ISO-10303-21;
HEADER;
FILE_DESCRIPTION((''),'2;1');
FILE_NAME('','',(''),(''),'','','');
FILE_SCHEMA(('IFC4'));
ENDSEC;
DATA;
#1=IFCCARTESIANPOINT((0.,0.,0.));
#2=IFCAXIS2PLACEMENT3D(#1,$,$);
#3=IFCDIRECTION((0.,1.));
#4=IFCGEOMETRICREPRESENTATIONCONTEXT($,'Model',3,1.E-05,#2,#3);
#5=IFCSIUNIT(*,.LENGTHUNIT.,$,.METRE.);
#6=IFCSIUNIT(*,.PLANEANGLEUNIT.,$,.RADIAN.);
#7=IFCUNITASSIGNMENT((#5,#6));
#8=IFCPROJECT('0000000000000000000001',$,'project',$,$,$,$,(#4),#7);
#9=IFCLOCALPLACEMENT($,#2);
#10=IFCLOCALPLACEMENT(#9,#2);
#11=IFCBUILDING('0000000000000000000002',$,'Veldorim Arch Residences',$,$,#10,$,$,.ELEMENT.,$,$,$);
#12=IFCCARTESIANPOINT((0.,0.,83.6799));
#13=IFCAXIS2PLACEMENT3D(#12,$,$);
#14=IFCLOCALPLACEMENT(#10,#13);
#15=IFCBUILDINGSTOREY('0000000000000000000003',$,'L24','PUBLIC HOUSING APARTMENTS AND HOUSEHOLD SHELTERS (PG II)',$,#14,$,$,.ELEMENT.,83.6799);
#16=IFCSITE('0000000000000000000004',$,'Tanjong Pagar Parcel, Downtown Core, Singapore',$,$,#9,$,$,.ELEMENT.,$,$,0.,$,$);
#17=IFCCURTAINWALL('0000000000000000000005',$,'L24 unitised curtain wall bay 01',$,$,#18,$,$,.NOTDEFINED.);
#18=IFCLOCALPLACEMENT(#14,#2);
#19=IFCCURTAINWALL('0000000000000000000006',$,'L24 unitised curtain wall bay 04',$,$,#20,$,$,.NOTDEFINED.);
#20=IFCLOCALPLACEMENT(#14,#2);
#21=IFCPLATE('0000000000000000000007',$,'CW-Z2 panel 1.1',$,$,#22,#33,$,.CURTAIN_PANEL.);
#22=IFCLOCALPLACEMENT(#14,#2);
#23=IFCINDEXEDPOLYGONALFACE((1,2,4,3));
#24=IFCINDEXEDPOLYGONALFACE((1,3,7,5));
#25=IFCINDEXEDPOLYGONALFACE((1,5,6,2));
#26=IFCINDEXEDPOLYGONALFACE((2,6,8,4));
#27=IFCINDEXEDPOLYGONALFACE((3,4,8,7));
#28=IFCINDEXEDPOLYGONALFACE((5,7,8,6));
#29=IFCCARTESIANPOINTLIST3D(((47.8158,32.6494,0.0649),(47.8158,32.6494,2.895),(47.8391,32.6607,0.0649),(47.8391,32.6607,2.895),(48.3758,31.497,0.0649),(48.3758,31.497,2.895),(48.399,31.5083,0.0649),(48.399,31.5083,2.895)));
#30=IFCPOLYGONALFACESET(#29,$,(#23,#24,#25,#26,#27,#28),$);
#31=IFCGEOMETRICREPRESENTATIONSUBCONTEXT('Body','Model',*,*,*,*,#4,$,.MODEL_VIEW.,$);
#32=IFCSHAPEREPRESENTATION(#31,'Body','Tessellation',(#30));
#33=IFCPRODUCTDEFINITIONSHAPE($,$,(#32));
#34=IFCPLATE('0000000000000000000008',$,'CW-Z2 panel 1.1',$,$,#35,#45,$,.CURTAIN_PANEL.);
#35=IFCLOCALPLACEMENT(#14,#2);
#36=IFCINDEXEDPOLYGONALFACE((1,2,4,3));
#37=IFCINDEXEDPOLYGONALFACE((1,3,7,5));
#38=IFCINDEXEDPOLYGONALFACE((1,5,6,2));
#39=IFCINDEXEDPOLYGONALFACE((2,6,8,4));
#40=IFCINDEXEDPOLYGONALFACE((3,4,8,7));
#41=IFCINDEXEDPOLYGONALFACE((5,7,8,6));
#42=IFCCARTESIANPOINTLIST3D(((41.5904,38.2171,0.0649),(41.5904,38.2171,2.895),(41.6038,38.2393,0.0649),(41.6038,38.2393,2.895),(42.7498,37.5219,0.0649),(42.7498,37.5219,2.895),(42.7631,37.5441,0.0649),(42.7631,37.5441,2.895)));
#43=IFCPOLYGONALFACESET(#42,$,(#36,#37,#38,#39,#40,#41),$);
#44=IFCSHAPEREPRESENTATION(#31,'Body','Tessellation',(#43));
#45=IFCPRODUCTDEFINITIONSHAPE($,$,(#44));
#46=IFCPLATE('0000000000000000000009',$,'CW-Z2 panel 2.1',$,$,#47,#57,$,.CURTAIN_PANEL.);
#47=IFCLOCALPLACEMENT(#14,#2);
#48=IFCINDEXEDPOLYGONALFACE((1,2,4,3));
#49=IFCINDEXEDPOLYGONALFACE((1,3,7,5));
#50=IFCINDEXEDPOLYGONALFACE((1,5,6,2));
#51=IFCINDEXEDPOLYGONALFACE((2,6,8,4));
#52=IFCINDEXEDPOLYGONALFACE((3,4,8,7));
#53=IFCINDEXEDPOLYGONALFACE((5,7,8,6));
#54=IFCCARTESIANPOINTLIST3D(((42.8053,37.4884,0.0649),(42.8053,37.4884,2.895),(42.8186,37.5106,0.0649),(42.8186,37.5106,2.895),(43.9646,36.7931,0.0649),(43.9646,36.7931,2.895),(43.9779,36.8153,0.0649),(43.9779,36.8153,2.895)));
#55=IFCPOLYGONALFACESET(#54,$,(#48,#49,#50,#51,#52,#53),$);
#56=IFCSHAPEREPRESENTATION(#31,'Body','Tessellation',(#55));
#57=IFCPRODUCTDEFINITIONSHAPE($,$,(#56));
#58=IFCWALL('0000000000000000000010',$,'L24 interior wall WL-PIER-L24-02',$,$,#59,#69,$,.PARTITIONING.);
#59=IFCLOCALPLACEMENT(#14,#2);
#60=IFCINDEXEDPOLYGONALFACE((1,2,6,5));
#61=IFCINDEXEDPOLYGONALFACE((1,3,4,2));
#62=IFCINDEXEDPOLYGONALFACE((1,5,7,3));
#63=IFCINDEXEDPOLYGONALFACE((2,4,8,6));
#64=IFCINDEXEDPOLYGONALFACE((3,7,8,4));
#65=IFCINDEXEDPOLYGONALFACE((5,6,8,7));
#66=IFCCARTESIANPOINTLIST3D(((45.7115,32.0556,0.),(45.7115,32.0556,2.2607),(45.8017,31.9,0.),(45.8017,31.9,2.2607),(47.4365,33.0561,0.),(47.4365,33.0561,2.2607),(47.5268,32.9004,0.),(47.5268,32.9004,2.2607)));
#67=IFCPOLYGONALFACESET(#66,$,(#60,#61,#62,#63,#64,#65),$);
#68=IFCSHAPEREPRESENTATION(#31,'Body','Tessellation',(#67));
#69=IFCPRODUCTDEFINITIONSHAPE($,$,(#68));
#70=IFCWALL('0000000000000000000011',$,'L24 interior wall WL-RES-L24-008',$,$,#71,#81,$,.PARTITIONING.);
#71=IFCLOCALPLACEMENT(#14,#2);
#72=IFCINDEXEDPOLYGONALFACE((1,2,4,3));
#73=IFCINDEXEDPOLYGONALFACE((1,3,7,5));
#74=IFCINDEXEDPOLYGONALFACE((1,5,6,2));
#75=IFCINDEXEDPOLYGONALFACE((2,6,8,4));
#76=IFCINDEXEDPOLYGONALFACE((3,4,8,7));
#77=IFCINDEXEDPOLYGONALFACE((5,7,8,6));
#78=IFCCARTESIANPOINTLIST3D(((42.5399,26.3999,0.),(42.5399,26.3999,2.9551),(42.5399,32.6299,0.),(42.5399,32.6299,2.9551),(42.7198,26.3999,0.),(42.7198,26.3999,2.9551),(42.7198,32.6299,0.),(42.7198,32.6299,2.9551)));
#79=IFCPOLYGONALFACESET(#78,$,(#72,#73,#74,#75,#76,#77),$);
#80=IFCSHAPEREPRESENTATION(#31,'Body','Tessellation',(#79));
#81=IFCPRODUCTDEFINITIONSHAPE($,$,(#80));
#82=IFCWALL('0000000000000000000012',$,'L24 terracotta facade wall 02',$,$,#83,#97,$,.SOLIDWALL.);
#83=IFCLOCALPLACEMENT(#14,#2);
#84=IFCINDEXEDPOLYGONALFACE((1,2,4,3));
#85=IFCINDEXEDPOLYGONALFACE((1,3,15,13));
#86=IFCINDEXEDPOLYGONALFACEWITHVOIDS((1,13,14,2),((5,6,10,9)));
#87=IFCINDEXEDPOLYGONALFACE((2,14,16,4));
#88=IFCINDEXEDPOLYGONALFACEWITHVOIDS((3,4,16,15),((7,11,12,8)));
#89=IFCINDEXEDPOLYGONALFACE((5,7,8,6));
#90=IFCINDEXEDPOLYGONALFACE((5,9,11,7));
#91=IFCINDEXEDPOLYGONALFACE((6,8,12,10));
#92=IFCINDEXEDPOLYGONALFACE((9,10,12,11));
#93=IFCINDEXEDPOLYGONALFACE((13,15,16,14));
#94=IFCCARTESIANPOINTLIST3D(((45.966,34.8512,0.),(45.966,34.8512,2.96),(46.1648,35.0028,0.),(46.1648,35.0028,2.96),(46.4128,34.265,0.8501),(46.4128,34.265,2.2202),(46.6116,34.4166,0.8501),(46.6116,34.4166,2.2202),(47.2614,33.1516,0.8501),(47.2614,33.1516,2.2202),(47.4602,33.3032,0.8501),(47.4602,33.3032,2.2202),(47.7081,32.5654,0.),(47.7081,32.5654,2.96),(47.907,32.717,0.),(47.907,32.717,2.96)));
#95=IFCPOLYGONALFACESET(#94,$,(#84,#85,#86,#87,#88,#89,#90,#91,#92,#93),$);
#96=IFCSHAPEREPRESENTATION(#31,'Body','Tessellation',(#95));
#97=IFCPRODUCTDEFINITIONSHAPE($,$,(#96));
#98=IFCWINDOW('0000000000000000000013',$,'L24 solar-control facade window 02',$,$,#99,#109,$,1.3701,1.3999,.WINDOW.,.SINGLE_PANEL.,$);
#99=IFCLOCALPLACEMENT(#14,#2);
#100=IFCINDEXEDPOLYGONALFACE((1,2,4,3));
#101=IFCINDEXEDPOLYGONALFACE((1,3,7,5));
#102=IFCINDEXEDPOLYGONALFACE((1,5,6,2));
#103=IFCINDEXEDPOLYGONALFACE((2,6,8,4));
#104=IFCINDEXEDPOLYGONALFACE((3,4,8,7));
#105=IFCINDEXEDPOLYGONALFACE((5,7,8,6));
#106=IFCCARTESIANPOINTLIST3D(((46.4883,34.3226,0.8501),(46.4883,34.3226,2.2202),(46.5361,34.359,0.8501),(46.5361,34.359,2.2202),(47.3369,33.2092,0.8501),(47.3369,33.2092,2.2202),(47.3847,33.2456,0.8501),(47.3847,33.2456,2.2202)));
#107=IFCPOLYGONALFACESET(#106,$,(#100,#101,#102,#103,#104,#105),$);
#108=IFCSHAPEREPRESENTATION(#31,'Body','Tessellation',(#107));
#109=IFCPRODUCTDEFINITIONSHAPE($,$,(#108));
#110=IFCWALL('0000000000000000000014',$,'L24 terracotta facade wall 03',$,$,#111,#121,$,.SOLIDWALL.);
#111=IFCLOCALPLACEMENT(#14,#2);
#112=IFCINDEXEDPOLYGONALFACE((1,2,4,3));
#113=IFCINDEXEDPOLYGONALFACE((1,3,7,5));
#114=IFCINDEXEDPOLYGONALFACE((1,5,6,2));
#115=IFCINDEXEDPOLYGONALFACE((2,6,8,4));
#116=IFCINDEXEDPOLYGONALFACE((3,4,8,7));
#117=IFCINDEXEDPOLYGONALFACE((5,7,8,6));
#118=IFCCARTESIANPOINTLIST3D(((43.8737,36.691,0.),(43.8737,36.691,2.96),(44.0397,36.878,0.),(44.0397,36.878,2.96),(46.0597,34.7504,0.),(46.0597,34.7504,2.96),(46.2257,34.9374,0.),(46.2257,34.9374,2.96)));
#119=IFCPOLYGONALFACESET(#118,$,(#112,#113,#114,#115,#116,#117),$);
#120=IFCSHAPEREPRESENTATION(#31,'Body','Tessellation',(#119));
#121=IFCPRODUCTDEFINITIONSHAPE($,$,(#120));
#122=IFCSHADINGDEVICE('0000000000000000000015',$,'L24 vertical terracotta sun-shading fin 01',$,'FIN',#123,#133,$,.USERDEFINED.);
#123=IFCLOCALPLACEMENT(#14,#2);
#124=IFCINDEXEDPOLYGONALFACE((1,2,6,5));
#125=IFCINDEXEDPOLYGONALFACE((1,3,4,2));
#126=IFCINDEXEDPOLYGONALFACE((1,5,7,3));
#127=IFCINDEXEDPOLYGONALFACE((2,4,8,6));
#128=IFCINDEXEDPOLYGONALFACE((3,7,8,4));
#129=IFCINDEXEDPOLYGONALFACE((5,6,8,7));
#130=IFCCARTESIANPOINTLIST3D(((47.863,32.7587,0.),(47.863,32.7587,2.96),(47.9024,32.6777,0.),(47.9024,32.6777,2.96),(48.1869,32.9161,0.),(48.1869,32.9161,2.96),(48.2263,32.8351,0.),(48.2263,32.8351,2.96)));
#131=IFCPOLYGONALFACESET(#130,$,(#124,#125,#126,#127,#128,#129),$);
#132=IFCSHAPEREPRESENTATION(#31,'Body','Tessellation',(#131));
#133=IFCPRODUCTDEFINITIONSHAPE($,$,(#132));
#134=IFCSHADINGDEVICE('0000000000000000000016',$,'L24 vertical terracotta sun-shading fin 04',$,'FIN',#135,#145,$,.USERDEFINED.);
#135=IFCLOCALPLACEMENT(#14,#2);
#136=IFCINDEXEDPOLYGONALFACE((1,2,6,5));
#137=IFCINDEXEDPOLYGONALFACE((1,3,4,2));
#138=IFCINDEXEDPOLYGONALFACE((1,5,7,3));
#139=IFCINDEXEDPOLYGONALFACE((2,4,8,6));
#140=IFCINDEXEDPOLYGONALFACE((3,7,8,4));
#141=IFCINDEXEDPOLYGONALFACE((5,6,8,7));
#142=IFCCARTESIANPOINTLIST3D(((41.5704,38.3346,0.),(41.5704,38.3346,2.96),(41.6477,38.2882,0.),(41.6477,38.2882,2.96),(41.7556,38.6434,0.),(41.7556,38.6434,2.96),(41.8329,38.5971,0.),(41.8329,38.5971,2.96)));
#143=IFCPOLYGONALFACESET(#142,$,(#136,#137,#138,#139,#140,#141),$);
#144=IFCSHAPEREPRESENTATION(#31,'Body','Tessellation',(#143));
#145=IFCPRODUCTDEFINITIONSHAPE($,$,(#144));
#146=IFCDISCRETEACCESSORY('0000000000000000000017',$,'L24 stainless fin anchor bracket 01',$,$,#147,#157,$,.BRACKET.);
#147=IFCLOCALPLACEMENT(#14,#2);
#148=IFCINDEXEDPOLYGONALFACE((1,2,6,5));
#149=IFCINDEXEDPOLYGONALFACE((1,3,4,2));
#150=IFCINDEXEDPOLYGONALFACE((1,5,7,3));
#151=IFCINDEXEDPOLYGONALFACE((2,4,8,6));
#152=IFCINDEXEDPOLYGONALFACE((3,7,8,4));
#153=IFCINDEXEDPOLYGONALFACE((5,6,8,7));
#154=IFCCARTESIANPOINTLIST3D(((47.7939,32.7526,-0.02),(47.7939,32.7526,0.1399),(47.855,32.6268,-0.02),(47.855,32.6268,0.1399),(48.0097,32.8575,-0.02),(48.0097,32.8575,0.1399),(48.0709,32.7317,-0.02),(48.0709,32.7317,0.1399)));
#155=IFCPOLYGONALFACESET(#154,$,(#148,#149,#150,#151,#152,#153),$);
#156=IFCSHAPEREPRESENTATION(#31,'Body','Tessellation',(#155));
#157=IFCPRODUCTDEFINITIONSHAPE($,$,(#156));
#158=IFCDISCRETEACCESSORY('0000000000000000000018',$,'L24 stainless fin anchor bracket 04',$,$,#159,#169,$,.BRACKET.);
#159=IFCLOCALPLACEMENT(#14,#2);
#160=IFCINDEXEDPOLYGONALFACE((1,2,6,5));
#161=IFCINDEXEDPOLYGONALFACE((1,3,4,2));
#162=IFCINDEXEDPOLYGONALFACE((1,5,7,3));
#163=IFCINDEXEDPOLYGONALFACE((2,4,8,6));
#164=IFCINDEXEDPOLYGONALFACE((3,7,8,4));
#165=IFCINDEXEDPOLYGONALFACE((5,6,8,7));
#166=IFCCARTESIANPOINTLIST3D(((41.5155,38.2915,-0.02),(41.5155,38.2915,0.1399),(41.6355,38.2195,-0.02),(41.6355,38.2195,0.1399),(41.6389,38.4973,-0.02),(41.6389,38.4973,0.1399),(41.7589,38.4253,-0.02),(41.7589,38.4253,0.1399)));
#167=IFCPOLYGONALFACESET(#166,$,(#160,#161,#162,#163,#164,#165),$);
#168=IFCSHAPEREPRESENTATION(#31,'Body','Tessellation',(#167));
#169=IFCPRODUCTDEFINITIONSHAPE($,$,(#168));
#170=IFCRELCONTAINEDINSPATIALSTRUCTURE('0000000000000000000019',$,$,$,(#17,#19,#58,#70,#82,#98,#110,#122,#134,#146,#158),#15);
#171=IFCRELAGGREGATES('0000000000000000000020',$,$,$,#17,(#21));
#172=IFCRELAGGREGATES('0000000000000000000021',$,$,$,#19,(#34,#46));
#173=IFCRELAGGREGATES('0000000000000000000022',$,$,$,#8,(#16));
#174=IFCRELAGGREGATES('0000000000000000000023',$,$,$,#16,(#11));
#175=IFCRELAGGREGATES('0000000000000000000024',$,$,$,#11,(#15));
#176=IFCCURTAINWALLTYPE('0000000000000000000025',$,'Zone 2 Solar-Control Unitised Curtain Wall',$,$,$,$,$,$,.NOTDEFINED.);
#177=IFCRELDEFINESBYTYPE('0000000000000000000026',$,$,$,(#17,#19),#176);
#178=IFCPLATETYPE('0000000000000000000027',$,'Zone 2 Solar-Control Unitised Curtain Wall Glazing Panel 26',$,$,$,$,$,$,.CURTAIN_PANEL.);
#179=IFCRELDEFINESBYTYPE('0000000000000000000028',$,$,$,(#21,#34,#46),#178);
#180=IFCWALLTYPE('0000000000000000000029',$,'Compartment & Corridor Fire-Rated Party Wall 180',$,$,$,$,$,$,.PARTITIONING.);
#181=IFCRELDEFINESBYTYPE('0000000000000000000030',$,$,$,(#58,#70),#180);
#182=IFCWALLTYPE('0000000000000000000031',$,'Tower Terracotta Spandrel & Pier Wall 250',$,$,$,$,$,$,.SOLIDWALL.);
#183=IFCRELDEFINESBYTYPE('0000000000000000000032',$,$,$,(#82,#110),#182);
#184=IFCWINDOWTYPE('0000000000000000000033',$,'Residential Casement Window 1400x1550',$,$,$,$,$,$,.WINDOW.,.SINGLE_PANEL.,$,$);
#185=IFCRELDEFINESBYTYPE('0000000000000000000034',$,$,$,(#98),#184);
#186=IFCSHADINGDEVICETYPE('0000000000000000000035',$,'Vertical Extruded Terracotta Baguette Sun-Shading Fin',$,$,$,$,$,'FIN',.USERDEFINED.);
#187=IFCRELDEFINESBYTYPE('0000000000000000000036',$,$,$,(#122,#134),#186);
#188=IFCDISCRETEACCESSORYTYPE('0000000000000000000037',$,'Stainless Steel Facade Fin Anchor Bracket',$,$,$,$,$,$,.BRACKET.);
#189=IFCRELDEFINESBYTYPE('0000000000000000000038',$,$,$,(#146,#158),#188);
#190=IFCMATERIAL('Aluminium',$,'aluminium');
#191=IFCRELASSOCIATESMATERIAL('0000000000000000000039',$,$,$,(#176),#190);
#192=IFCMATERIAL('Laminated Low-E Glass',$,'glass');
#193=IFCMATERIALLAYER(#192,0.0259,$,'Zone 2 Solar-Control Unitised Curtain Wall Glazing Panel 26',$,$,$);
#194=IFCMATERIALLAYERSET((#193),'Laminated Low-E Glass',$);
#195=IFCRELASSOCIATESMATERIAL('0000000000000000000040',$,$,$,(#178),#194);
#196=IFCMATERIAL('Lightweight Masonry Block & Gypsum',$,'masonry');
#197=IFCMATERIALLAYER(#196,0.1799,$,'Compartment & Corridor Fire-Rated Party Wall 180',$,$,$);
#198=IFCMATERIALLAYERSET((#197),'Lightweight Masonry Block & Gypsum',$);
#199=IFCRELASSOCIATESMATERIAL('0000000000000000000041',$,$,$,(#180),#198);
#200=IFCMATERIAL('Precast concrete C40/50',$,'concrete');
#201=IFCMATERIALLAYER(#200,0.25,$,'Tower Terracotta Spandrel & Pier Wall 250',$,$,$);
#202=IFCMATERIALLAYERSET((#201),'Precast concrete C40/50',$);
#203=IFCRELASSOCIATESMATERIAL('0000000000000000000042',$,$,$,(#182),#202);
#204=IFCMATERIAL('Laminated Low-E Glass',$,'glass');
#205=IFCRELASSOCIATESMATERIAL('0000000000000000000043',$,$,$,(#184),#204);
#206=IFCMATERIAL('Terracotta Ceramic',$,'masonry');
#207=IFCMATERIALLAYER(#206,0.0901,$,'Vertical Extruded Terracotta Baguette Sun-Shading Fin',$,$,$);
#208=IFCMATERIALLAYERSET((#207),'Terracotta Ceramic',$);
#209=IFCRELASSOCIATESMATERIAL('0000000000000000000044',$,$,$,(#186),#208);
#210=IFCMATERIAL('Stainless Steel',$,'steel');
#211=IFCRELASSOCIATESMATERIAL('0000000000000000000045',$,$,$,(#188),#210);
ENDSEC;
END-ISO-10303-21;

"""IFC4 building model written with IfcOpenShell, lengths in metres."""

from ifc_helpers import new_model, si_unit, direction, frame, frame_2d, origin, origin_2d, place, context, subcontext, project, spatial, rectangle, extrude, material, layer, layer_set, type_object, element, fill, aggregate, save


model = new_model("IFC4")

# Units and contexts
model_context = context("Model", 3, precision=1e-05, world=origin(), true_north=direction((0.0, 1.0)))
body_context = subcontext(model_context, "Body", "Model", "MODEL_VIEW")
ifc_project = project(units=[si_unit("LENGTHUNIT", "METRE"), si_unit("PLANEANGLEUNIT", "RADIAN")], contexts=[model_context])

# Site, building, storey
site_placement = place(None, origin())
site = spatial("IfcSite", under=ifc_project, at=site_placement, Name="Tanjong Pagar Parcel, Downtown Core, Singapore", CompositionType="ELEMENT", RefElevation=0.0)
building_placement = place(site_placement, origin())
building = spatial("IfcBuilding", under=site, at=building_placement, Name="Veldorim Arch Residences", CompositionType="ELEMENT")
storey_placement = place(building_placement, frame((0.0, 0.0, 83.6799)))
storey = spatial("IfcBuildingStorey", under=building, at=storey_placement, Name="L24", Description="PUBLIC HOUSING APARTMENTS AND HOUSEHOLD SHELTERS (PG II)", CompositionType="ELEMENT", Elevation=83.6799)

# Curtain wall
ifc_material_1 = material(Name="Aluminium", Category="aluminium")
curtain_wall_type = type_object("IfcCurtainWallType", Name="Zone 2 Solar-Control Unitised Curtain Wall", PredefinedType="NOTDEFINED", material=ifc_material_1)
curtain_wall_1_placement = place(storey_placement, origin())
curtain_wall_1 = element("IfcCurtainWall", 1, at=curtain_wall_1_placement, inside=storey, type_object=curtain_wall_type, Name="L24 unitised curtain wall bay 01", PredefinedType="NOTDEFINED")

# Curtain wall
curtain_wall_2_placement = place(storey_placement, origin())
curtain_wall_2 = element("IfcCurtainWall", 2, at=curtain_wall_2_placement, inside=storey, type_object=curtain_wall_type, Name="L24 unitised curtain wall bay 04", PredefinedType="NOTDEFINED")

# Plates
ifc_material_2 = material(Name="Laminated Low-E Glass", Category="glass")
ifc_layer_1 = layer(ifc_material_2, 0.0259, Name="Zone 2 Solar-Control Unitised Curtain Wall Glazing Panel 26")
ifc_layer_set_1 = layer_set([ifc_layer_1], Name="Laminated Low-E Glass")
plate_type = type_object("IfcPlateType", Name="Zone 2 Solar-Control Unitised Curtain Wall Glazing Panel 26", PredefinedType="CURTAIN_PANEL", material=ifc_layer_set_1)
plate_1_placement = place(storey_placement, frame((48.1074, 32.0789, 0.0649), z_axis=(0.0, 0.0, 1.0), x_axis=(0.437046, -0.899439, 0.0)))
plate_1 = element("IfcPlate", 3, at=plate_1_placement, type_object=plate_type, Name="CW-Z2 panel 1.1", PredefinedType="CURTAIN_PANEL", context=body_context, shape_type="SweptSolid", body=[
    extrude(rectangle(XDim=1.2812, YDim=0.0259, at=origin_2d()), origin(), (0.0, 0.0, 1.0), 2.8301),
])
aggregate(curtain_wall_1, [plate_1])
plate_2_placement = place(storey_placement, frame((42.1768, 37.8806, 0.0649), z_axis=(0.0, 0.0, 1.0), x_axis=(0.857602, -0.514313, 0.0)))
plate_2 = element("IfcPlate", 4, at=plate_2_placement, type_object=plate_type, Name="CW-Z2 panel 1.1", PredefinedType="CURTAIN_PANEL", context=body_context, shape_type="SweptSolid", body=[
    extrude(rectangle(XDim=1.3518, YDim=0.0259, at=origin_2d()), origin(), (0.0, 0.0, 1.0), 2.8301),
])
plate_3_placement = place(storey_placement, frame((43.3916, 37.1519, 0.0649), z_axis=(0.0, 0.0, 1.0), x_axis=(0.857602, -0.514313, 0.0)))
plate_3 = element("IfcPlate", 5, at=plate_3_placement, type_object=plate_type, Name="CW-Z2 panel 2.1", PredefinedType="CURTAIN_PANEL", context=body_context, shape_type="SweptSolid", body=[
    extrude(rectangle(XDim=1.3518, YDim=0.0259, at=origin_2d()), origin(), (0.0, 0.0, 1.0), 2.8301),
])
aggregate(curtain_wall_2, [plate_2, plate_3])

# Walls
ifc_material_3 = material(Name="Lightweight Masonry Block & Gypsum", Category="masonry")
ifc_layer_2 = layer(ifc_material_3, 0.1799, Name="Compartment & Corridor Fire-Rated Party Wall 180")
ifc_layer_set_2 = layer_set([ifc_layer_2], Name="Lightweight Masonry Block & Gypsum")
wall_type_1 = type_object("IfcWallType", Name="Compartment & Corridor Fire-Rated Party Wall 180", PredefinedType="PARTITIONING", material=ifc_layer_set_2)
wall_1_placement = place(storey_placement, frame((45.7566, 31.9778, 0.0), z_axis=(0.0, 0.0, 1.0), x_axis=(0.865046, 0.501692, 0.0)))
element("IfcWall", 6, at=wall_1_placement, inside=storey, type_object=wall_type_1, Name="L24 interior wall WL-PIER-L24-02", PredefinedType="PARTITIONING", context=body_context, shape_type="SweptSolid", body=[
    extrude(rectangle(XDim=1.9941, YDim=0.1799, at=frame_2d((0.9971, 0.0))), origin(), (0.0, 0.0, 1.0), 2.2607),
])
wall_2_placement = place(storey_placement, frame((42.6299, 32.6299, 0.0), z_axis=(0.0, 0.0, 1.0), x_axis=(0.0, -1.0, 0.0)))
element("IfcWall", 7, at=wall_2_placement, inside=storey, type_object=wall_type_1, Name="L24 interior wall WL-RES-L24-008", PredefinedType="PARTITIONING", context=body_context, shape_type="SweptSolid", body=[
    extrude(rectangle(XDim=6.23, YDim=0.1799, at=frame_2d((3.115, 0.0))), origin(), (0.0, 0.0, 1.0), 2.9551),
])

# Wall, opening, window
ifc_material_4 = material(Name="Precast concrete C40/50", Category="concrete")
ifc_layer_3 = layer(ifc_material_4, 0.25, Name="Tower Terracotta Spandrel & Pier Wall 250")
ifc_layer_set_3 = layer_set([ifc_layer_3], Name="Precast concrete C40/50")
wall_type_2 = type_object("IfcWallType", Name="Tower Terracotta Spandrel & Pier Wall 250", PredefinedType="SOLIDWALL", material=ifc_layer_set_3)
wall_3_placement = place(storey_placement, frame((46.0654, 34.927, 0.0), z_axis=(0.0, 0.0, 1.0), x_axis=(0.606166, -0.795338, 0.0)))
wall_3 = element("IfcWall", 8, at=wall_3_placement, inside=storey, type_object=wall_type_2, Name="L24 terracotta facade wall 02", PredefinedType="SOLIDWALL", context=body_context, shape_type="SweptSolid", body=[
    extrude(rectangle(XDim=2.874, YDim=0.25, at=frame_2d((1.437, 0.0))), origin(), (0.0, 0.0, 1.0), 2.96),
])
opening_placement = place(wall_3_placement, frame((0.7371, 0.0, 0.8501)))
opening = element("IfcOpeningElement", 9, at=opening_placement, cuts=wall_3, PredefinedType="OPENING", context=body_context, shape_type="SweptSolid", body=[
    extrude(rectangle(XDim=1.3999, YDim=1.3701, at=frame_2d((0.7, 0.6851))), frame((0.0, 0.135, 0.0), z_axis=(0.0, -1.0, 0.0), x_axis=(1.0, 0.0, 0.0)), (0.0, 0.0, 1.0), 0.27),
])
ifc_material_5 = material(Name="Laminated Low-E Glass", Category="glass")
window_type = type_object("IfcWindowType", Name="Residential Casement Window 1400x1550", PartitioningType="SINGLE_PANEL", PredefinedType="WINDOW", material=ifc_material_5)
window_placement = place(opening_placement, origin())
window = element("IfcWindow", 10, at=window_placement, inside=storey, type_object=window_type, Name="L24 solar-control facade window 02", OverallHeight=1.3701, OverallWidth=1.3999, PartitioningType="SINGLE_PANEL", PredefinedType="WINDOW", context=body_context, shape_type="SweptSolid", body=[
    extrude(rectangle(XDim=1.3999, YDim=1.3701, at=frame_2d((0.7, 0.6851))), frame((0.0, 0.03, 0.0), z_axis=(0.0, -1.0, 0.0), x_axis=(1.0, 0.0, 0.0)), (0.0, 0.0, 1.0), 0.0601),
])
fill(opening, window)

# Wall
wall_4_placement = place(storey_placement, frame((43.9568, 36.7844, 0.0), z_axis=(0.0, 0.0, 1.0), x_axis=(0.747828, -0.663892, 0.0)))
element("IfcWall", 11, at=wall_4_placement, inside=storey, type_object=wall_type_2, Name="L24 terracotta facade wall 03", PredefinedType="SOLIDWALL", context=body_context, shape_type="SweptSolid", body=[
    extrude(rectangle(XDim=2.9231, YDim=0.25, at=frame_2d((1.4614, 0.0))), origin(), (0.0, 0.0, 1.0), 2.96),
])

# Shading devices
ifc_material_6 = material(Name="Terracotta Ceramic", Category="masonry")
ifc_layer_4 = layer(ifc_material_6, 0.0901, Name="Vertical Extruded Terracotta Baguette Sun-Shading Fin")
ifc_layer_set_4 = layer_set([ifc_layer_4], Name="Terracotta Ceramic")
shading_device_type = type_object("IfcShadingDeviceType", Name="Vertical Extruded Terracotta Baguette Sun-Shading Fin", ElementType="FIN", PredefinedType="USERDEFINED", material=ifc_layer_set_4)
for number, where, z_axis, x_axis, name in (
    (12, (48.0447, 32.7969, 0.0), (0.0, 0.0, 1.0), (0.437116, -0.899405, 0.0), "L24 vertical terracotta sun-shading fin 01"),
    (13, (41.7017, 38.4658, 0.0), (0.0, 0.0, 1.0), (0.857616, -0.51429, 0.0), "L24 vertical terracotta sun-shading fin 04"),
):
    element("IfcShadingDevice", number, at=place(storey_placement, frame(where, z_axis=z_axis, x_axis=x_axis)), inside=storey, type_object=shading_device_type, Name=name, ObjectType="FIN", PredefinedType="USERDEFINED", context=body_context, shape_type="SweptSolid", body=[
        extrude(rectangle(XDim=0.0901, YDim=0.3601, at=origin_2d()), origin(), (0.0, 0.0, 1.0), 2.96),
    ])

# Discrete accessories
ifc_material_7 = material(Name="Stainless Steel", Category="steel")
discrete_accessory_type = type_object("IfcDiscreteAccessoryType", Name="Stainless Steel Facade Fin Anchor Bracket", PredefinedType="BRACKET", material=ifc_material_7)
for number, where, z_axis, x_axis, name in (
    (14, (47.9324, 32.7422, -0.02), (0.0, 0.0, 1.0), (0.437116, -0.899405, 0.0), "L24 stainless fin anchor bracket 01"),
    (15, (41.6372, 38.3584, -0.02), (0.0, 0.0, 1.0), (0.857616, -0.51429, 0.0), "L24 stainless fin anchor bracket 04"),
):
    element("IfcDiscreteAccessory", number, at=place(storey_placement, frame(where, z_axis=z_axis, x_axis=x_axis)), inside=storey, type_object=discrete_accessory_type, Name=name, PredefinedType="BRACKET", context=body_context, shape_type="SweptSolid", body=[
        extrude(rectangle(XDim=0.1399, YDim=0.24, at=origin_2d()), origin(), (0.0, 0.0, 1.0), 0.1599),
    ])

save(model, "model.ifc")
